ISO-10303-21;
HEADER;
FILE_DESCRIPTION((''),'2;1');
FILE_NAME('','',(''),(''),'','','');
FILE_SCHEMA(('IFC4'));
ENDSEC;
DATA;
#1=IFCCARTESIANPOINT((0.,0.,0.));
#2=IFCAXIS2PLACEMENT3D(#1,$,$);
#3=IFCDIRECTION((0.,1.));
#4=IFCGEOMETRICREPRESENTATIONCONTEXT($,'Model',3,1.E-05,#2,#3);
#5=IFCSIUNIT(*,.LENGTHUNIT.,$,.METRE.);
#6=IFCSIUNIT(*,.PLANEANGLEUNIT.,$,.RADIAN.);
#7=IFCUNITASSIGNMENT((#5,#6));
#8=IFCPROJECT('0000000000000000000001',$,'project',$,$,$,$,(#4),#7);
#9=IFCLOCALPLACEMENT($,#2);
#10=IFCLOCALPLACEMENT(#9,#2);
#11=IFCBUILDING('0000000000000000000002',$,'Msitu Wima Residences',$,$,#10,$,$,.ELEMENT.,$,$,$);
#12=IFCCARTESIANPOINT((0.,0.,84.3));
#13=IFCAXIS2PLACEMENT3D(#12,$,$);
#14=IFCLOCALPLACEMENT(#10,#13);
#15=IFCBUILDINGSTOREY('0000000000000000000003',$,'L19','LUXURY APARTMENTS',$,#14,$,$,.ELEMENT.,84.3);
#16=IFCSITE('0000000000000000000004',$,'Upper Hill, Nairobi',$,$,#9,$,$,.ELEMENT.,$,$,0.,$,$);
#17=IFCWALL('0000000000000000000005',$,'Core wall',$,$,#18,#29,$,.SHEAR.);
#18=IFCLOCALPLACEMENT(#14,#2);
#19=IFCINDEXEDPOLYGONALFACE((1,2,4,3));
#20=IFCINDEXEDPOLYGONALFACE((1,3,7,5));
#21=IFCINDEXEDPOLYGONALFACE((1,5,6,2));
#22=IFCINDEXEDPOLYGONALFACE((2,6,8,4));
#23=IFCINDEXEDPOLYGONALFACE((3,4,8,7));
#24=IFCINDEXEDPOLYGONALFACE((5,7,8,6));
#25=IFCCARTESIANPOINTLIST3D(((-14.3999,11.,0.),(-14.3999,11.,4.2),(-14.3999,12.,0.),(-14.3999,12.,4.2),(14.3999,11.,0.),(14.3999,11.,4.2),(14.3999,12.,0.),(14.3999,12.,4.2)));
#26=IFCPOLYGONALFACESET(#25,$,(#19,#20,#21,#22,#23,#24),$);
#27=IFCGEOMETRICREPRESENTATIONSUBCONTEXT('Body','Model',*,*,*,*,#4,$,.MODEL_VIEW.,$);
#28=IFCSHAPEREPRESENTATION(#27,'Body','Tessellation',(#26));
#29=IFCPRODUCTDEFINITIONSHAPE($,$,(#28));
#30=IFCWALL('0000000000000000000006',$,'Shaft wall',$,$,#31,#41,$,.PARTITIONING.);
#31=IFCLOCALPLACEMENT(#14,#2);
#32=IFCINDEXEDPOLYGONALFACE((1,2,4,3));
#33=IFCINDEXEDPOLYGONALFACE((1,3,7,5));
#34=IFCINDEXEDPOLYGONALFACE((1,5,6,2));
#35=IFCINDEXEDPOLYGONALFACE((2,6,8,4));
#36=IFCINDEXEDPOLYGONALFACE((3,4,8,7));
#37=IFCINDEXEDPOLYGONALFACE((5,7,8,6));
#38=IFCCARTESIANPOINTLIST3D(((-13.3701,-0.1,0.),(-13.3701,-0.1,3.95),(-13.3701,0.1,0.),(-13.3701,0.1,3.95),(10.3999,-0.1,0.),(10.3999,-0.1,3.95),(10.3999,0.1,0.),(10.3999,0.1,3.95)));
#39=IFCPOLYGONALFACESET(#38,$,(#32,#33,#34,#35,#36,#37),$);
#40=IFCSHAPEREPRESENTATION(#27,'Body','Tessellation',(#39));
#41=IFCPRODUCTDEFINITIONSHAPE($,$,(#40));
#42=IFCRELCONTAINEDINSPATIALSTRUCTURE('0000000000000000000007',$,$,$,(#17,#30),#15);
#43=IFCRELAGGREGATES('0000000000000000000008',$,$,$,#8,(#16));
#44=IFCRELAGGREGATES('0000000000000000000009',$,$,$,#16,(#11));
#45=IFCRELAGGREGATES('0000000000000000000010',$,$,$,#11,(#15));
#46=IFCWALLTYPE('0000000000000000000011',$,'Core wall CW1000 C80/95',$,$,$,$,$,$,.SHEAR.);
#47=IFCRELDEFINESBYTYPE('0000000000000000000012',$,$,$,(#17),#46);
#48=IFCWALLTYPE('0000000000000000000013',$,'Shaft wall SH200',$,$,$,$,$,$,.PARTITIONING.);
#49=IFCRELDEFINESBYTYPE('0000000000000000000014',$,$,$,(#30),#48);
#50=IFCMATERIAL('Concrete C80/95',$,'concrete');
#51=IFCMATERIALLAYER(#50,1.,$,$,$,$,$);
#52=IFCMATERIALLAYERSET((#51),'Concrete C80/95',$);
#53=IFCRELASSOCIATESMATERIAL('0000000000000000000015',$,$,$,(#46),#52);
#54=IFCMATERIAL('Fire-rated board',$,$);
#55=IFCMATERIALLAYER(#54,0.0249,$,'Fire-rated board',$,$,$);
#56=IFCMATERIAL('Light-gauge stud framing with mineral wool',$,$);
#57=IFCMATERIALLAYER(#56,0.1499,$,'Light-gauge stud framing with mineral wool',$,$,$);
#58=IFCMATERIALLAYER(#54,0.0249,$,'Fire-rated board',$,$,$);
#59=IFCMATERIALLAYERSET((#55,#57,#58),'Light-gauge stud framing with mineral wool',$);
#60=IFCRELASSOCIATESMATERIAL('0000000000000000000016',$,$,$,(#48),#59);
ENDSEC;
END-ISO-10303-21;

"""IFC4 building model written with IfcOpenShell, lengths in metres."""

from ifc_helpers import new_model, si_unit, direction, frame, frame_2d, origin, place, context, subcontext, project, spatial, rectangle, extrude, material, layer, layer_set, type_object, element, save


model = new_model("IFC4")

# Units and contexts
model_context = context("Model", 3, precision=1e-05, world=origin(), true_north=direction((0.0, 1.0)))
body_context = subcontext(model_context, "Body", "Model", "MODEL_VIEW")
ifc_project = project(units=[si_unit("LENGTHUNIT", "METRE"), si_unit("PLANEANGLEUNIT", "RADIAN")], contexts=[model_context])

# Site, building, storey
site_placement = place(None, origin())
site = spatial("IfcSite", under=ifc_project, at=site_placement, Name="Upper Hill, Nairobi", CompositionType="ELEMENT", RefElevation=0.0)
building_placement = place(site_placement, origin())
building = spatial("IfcBuilding", under=site, at=building_placement, Name="Msitu Wima Residences", CompositionType="ELEMENT")
storey_placement = place(building_placement, frame((0.0, 0.0, 84.3)))
storey = spatial("IfcBuildingStorey", under=building, at=storey_placement, Name="L19", Description="LUXURY APARTMENTS", CompositionType="ELEMENT", Elevation=84.3)

# Walls
ifc_material_1 = material(Name="Concrete C80/95", Category="concrete")
ifc_layer_1 = layer(ifc_material_1, 1.0)
ifc_layer_set_1 = layer_set([ifc_layer_1], Name="Concrete C80/95")
wall_type_1 = type_object("IfcWallType", Name="Core wall CW1000 C80/95", PredefinedType="SHEAR", material=ifc_layer_set_1)
wall_1_placement = place(storey_placement, frame((-14.3999, 11.5, 0.0), z_axis=(0.0, 0.0, 1.0), x_axis=(1.0, 0.0, 0.0)))
element("IfcWall", 1, at=wall_1_placement, inside=storey, type_object=wall_type_1, Name="Core wall", PredefinedType="SHEAR", context=body_context, shape_type="SweptSolid", body=[
    extrude(rectangle(XDim=28.7998, YDim=1.0, at=frame_2d((14.3999, 0.0))), origin(), (0.0, 0.0, 1.0), 4.2),
])
ifc_material_2 = material(Name="Fire-rated board")
ifc_layer_2 = layer(ifc_material_2, 0.0249, Name="Fire-rated board")
ifc_material_3 = material(Name="Light-gauge stud framing with mineral wool")
ifc_layer_3 = layer(ifc_material_3, 0.1499, Name="Light-gauge stud framing with mineral wool")
ifc_layer_4 = layer(ifc_material_2, 0.0249, Name="Fire-rated board")
ifc_layer_set_2 = layer_set([ifc_layer_2, ifc_layer_3, ifc_layer_4], Name="Light-gauge stud framing with mineral wool")
wall_type_2 = type_object("IfcWallType", Name="Shaft wall SH200", PredefinedType="PARTITIONING", material=ifc_layer_set_2)
wall_2_placement = place(storey_placement, frame((-13.3701, 0.0, 0.0), z_axis=(0.0, 0.0, 1.0), x_axis=(1.0, 0.0, 0.0)))
element("IfcWall", 2, at=wall_2_placement, inside=storey, type_object=wall_type_2, Name="Shaft wall", PredefinedType="PARTITIONING", context=body_context, shape_type="SweptSolid", body=[
    extrude(rectangle(XDim=23.77, YDim=0.2, at=frame_2d((11.885, 0.0))), origin(), (0.0, 0.0, 1.0), 3.95),
])

save(model, "model.ifc")
